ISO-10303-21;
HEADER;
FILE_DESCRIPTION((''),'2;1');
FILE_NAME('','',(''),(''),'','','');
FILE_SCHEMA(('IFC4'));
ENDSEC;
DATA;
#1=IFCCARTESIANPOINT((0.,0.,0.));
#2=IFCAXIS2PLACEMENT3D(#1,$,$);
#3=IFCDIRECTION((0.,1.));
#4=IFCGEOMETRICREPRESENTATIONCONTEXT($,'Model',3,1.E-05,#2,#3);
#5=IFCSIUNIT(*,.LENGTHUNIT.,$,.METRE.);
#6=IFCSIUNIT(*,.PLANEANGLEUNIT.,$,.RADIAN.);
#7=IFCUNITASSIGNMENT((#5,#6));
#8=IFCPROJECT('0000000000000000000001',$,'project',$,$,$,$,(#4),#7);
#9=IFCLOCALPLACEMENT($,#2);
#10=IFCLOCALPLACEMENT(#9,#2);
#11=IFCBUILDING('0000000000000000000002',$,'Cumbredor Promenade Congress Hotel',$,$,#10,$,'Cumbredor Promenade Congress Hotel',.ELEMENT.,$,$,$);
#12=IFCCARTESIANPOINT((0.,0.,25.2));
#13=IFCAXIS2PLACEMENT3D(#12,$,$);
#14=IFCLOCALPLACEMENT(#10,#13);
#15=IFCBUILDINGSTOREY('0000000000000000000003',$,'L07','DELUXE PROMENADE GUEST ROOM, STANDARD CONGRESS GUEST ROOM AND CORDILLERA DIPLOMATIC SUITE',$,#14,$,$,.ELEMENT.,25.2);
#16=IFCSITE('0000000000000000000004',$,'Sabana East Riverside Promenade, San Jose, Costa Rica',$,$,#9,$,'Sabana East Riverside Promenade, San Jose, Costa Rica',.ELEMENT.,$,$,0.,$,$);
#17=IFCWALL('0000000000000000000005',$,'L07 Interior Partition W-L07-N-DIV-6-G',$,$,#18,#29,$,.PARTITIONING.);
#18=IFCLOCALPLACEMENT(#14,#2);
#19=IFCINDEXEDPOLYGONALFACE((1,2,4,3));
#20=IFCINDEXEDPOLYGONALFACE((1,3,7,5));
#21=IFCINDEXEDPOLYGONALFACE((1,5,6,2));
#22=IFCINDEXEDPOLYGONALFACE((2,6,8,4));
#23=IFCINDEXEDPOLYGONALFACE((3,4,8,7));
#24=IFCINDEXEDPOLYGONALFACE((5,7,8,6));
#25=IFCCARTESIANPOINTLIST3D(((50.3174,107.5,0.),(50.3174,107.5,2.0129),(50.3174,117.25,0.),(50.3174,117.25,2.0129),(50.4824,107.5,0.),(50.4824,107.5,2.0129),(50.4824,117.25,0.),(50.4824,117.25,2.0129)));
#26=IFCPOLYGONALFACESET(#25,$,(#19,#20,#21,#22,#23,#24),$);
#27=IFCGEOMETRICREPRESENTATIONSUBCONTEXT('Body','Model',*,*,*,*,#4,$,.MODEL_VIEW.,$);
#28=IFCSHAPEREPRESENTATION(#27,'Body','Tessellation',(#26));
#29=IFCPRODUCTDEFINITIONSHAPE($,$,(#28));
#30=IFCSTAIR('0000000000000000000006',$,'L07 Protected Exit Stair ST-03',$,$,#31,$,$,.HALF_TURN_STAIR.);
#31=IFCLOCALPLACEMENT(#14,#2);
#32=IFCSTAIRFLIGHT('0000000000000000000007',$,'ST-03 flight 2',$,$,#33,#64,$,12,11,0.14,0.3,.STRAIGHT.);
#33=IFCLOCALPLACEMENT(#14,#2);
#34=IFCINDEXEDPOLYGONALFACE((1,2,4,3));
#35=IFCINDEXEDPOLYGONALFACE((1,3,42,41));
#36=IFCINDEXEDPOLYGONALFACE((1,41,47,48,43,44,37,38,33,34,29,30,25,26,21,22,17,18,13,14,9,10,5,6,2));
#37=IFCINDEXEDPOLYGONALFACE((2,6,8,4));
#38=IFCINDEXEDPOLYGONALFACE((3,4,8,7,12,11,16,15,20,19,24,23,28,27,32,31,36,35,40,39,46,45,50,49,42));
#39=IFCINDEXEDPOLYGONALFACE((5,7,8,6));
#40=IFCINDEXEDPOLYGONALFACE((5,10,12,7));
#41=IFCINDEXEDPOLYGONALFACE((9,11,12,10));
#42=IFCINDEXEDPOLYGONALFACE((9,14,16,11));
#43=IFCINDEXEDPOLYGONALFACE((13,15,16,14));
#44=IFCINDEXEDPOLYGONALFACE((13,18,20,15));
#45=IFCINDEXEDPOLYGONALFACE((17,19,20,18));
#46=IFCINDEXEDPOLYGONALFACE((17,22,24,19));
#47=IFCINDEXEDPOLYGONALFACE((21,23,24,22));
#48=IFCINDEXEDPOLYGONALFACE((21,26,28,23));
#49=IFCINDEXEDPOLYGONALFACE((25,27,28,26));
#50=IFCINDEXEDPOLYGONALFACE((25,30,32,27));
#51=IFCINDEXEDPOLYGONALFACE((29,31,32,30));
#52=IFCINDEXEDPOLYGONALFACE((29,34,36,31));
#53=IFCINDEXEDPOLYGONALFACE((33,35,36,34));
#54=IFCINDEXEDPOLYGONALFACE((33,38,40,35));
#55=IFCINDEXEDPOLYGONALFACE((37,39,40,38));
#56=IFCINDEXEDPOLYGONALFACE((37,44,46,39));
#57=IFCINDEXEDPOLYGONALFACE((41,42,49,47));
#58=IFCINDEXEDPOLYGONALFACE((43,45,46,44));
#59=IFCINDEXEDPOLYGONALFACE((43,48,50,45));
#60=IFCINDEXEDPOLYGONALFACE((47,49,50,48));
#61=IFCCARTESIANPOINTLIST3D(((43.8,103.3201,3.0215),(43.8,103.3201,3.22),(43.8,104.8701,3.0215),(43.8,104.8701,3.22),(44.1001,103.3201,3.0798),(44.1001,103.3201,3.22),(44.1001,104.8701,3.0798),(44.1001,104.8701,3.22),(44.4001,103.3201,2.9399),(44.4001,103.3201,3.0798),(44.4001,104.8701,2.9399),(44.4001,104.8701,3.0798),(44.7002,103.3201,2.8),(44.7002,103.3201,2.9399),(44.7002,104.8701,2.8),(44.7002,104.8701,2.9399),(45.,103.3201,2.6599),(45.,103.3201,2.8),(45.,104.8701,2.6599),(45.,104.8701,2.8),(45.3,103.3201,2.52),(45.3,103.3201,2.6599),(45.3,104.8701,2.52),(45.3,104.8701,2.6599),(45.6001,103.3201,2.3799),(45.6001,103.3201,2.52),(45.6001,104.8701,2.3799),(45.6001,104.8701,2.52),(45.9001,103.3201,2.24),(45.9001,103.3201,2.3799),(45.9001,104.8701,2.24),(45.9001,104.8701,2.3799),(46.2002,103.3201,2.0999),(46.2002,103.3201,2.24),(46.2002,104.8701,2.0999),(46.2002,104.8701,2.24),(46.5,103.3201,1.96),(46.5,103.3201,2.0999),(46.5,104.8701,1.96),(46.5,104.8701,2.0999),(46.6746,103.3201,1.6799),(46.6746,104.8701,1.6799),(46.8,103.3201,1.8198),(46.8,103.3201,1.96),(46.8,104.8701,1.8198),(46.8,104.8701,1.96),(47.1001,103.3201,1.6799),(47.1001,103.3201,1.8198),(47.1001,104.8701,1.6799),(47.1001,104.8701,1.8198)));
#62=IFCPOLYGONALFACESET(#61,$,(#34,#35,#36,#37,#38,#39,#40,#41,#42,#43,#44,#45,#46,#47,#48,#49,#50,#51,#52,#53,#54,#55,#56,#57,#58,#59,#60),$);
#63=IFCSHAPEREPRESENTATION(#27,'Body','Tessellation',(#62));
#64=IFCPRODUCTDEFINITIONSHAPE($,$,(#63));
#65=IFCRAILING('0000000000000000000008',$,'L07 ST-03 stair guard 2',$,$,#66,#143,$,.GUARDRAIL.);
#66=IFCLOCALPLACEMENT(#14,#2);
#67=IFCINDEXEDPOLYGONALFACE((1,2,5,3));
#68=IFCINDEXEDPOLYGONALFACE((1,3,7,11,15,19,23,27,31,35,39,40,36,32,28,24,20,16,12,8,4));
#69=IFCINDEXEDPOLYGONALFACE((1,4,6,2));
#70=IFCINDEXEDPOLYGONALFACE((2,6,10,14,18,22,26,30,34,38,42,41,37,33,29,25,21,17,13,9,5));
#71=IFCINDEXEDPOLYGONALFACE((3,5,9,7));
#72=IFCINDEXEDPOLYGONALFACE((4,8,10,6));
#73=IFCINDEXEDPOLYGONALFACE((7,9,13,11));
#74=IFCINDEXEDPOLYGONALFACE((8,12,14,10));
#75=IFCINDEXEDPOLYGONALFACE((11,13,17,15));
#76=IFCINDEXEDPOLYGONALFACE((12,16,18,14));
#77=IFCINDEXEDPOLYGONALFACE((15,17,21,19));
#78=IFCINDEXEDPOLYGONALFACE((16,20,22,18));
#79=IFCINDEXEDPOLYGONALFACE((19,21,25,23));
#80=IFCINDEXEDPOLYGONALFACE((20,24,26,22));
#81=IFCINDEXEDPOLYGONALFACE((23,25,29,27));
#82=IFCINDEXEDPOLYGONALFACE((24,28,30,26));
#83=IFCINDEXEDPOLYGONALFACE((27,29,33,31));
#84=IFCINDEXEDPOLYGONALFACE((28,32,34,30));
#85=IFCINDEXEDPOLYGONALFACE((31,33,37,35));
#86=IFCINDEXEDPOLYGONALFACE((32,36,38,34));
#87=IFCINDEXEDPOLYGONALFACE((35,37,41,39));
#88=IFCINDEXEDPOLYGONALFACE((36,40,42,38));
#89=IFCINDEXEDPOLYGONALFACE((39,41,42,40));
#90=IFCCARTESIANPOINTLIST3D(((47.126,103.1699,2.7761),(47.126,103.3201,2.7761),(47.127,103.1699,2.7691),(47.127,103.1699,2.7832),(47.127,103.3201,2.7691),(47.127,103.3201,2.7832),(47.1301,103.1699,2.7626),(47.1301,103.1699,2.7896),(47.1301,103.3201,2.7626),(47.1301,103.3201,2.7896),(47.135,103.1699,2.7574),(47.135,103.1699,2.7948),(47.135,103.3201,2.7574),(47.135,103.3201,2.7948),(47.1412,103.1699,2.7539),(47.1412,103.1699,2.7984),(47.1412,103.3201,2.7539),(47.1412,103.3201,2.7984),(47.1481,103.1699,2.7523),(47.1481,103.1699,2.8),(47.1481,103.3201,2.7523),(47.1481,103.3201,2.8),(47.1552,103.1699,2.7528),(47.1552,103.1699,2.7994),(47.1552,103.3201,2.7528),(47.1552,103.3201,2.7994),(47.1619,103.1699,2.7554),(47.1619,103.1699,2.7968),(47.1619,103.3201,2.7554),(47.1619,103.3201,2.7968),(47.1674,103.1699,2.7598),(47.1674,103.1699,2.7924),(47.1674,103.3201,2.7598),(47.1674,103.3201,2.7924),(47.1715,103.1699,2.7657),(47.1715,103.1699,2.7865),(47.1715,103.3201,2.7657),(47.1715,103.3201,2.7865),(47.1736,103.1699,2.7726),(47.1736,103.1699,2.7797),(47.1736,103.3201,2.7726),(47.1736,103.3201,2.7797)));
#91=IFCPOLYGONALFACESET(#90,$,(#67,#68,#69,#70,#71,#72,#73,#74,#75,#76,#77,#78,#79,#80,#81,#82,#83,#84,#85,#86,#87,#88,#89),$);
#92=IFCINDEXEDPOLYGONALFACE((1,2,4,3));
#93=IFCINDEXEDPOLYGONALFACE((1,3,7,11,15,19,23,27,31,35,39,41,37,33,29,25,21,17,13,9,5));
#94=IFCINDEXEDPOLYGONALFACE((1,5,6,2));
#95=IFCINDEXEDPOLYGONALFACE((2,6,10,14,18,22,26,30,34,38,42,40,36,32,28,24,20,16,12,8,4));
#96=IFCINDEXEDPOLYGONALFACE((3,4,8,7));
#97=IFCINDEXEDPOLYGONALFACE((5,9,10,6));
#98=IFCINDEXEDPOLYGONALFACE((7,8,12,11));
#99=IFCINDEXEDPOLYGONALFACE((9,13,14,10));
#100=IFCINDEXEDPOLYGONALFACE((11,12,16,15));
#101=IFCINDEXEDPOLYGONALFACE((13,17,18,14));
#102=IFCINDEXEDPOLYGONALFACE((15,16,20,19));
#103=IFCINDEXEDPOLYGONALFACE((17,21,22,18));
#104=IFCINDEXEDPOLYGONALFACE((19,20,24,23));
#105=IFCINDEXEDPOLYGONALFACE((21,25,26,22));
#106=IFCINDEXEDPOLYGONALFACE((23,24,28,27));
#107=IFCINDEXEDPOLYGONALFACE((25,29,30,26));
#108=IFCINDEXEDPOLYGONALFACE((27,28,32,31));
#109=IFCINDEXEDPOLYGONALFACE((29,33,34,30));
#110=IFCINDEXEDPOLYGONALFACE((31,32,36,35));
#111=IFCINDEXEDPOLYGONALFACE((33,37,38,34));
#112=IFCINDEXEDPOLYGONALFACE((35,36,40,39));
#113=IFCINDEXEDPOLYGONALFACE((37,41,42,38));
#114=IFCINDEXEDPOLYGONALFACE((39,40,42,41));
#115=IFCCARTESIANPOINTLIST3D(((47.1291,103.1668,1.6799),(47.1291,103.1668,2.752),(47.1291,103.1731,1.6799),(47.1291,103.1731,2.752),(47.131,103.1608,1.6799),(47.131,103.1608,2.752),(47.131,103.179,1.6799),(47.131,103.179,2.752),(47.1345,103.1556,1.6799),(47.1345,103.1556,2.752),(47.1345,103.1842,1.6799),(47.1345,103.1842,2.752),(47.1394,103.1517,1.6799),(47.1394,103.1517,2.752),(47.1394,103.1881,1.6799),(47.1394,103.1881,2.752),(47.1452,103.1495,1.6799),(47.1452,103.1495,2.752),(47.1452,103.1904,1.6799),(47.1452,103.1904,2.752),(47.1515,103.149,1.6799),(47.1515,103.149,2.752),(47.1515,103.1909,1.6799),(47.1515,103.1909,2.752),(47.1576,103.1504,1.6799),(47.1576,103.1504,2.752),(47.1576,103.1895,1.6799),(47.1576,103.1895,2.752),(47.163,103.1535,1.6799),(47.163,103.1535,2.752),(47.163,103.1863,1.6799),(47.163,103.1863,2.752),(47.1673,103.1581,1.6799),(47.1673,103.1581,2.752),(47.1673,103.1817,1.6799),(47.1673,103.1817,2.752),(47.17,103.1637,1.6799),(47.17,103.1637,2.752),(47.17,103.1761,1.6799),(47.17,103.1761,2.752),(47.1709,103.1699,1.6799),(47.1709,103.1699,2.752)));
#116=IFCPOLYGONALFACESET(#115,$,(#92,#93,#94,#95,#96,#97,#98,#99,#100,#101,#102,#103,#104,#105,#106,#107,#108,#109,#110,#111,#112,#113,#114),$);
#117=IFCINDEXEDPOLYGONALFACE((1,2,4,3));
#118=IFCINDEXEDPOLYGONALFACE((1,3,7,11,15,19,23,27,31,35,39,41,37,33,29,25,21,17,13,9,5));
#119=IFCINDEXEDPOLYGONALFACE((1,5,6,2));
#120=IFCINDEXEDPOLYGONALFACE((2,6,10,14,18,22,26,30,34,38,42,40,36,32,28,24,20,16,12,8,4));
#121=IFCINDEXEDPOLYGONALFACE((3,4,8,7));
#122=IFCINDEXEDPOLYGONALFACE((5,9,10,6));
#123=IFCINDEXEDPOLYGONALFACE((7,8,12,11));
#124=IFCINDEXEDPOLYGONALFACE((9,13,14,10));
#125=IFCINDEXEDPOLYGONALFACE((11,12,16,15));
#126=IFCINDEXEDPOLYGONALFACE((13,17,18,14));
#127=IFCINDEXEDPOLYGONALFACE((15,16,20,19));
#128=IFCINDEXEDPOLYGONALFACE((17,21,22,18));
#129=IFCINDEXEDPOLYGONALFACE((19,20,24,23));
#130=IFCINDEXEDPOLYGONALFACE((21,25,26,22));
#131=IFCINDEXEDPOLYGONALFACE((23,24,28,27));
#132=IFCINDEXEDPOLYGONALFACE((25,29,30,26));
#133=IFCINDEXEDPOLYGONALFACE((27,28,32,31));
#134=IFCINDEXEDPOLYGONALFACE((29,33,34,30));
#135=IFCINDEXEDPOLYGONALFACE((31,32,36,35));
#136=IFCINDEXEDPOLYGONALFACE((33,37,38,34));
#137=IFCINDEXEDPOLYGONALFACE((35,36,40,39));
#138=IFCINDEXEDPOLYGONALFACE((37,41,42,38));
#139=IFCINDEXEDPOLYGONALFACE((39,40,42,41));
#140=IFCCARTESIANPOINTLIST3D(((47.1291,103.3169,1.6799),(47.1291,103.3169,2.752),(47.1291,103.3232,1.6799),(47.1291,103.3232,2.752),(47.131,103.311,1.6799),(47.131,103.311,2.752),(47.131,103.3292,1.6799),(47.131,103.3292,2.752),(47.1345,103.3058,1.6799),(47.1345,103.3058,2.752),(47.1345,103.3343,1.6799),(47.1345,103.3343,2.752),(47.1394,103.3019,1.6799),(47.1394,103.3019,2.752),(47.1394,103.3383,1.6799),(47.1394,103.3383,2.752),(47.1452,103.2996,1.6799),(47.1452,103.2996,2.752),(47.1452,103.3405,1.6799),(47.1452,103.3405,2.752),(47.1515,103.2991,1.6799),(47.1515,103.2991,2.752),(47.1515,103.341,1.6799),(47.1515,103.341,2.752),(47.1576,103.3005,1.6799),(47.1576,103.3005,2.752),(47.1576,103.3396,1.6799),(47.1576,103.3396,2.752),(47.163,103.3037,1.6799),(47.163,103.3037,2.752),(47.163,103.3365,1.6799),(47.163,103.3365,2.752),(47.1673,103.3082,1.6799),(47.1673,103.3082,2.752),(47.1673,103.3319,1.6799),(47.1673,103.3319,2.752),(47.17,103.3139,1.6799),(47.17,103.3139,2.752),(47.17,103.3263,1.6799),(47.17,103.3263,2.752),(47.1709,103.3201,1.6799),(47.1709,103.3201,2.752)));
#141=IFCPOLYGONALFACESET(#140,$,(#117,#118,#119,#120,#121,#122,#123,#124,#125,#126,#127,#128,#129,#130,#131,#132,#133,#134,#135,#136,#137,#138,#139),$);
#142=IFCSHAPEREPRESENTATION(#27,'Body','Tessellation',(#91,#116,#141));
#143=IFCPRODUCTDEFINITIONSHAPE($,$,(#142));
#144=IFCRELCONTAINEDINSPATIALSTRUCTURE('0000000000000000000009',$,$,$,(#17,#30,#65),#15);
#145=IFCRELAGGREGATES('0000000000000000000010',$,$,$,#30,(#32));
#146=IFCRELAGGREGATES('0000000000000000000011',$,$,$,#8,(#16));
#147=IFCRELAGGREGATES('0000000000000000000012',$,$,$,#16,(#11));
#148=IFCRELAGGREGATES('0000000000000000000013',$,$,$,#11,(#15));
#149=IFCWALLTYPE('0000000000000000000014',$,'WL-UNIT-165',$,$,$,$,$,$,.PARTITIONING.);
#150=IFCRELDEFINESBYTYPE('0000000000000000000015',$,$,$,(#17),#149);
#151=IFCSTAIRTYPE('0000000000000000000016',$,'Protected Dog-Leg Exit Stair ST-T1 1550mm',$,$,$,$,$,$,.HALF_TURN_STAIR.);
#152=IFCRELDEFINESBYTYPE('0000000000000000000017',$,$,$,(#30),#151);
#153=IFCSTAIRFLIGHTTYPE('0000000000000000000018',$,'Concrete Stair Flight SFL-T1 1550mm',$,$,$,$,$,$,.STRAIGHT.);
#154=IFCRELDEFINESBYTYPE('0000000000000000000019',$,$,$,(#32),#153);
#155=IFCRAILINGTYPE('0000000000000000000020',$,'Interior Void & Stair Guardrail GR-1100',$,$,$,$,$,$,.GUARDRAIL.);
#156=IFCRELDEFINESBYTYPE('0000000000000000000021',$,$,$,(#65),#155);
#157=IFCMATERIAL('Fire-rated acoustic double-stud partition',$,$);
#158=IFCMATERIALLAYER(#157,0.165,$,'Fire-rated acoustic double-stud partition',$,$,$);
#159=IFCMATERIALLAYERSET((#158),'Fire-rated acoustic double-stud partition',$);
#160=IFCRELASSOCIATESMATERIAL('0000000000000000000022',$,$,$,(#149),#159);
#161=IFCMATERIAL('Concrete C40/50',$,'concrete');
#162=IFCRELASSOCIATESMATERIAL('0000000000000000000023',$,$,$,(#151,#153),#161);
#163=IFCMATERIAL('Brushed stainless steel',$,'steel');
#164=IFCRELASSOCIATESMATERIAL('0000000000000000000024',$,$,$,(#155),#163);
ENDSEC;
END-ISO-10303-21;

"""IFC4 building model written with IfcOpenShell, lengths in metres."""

from ifc_helpers import new_model, si_unit, direction, frame, frame_2d, origin, origin_2d, place, context, subcontext, project, spatial, polyline, rectangle, circle, outline, extrude, material, layer, layer_set, type_object, element, aggregate, save


model = new_model("IFC4")

# Units and contexts
model_context = context("Model", 3, precision=1e-05, world=origin(), true_north=direction((0.0, 1.0)))
body_context = subcontext(model_context, "Body", "Model", "MODEL_VIEW")
ifc_project = project(units=[si_unit("LENGTHUNIT", "METRE"), si_unit("PLANEANGLEUNIT", "RADIAN")], contexts=[model_context])

# Site, building, storey
site_placement = place(None, origin())
site = spatial("IfcSite", under=ifc_project, at=site_placement, Name="Sabana East Riverside Promenade, San Jose, Costa Rica", LongName="Sabana East Riverside Promenade, San Jose, Costa Rica", CompositionType="ELEMENT", RefElevation=0.0)
building_placement = place(site_placement, origin())
building = spatial("IfcBuilding", under=site, at=building_placement, Name="Cumbredor Promenade Congress Hotel", LongName="Cumbredor Promenade Congress Hotel", CompositionType="ELEMENT")
storey_placement = place(building_placement, frame((0.0, 0.0, 25.2)))
storey = spatial("IfcBuildingStorey", under=building, at=storey_placement, Name="L07", Description="DELUXE PROMENADE GUEST ROOM, STANDARD CONGRESS GUEST ROOM AND CORDILLERA DIPLOMATIC SUITE", CompositionType="ELEMENT", Elevation=25.2)

# Wall
ifc_material_1 = material(Name="Concrete C40/50", Category="concrete")
ifc_material_2 = material(Name="Fire-rated acoustic double-stud partition")
ifc_layer_1 = layer(ifc_material_2, 0.165, Name="Fire-rated acoustic double-stud partition")
ifc_layer_set_1 = layer_set([ifc_layer_1], Name="Fire-rated acoustic double-stud partition")
wall_type_1 = type_object("IfcWallType", Name="WL-UNIT-165", PredefinedType="PARTITIONING", material=ifc_layer_set_1)
wall_1_placement = place(storey_placement, frame((50.3999, 107.5, 0.0), z_axis=(0.0, 0.0, 1.0), x_axis=(0.0, 1.0, 0.0)))
element("IfcWall", 1, at=wall_1_placement, inside=storey, type_object=wall_type_1, Name="L07 Interior Partition W-L07-N-DIV-6-G", PredefinedType="PARTITIONING", context=body_context, shape_type="SweptSolid", body=[
    extrude(rectangle(XDim=9.75, YDim=0.165, at=frame_2d((4.875, 0.0))), origin(), (0.0, 0.0, 1.0), 2.0129),
])

# Stair, stair flight
stair_type = type_object("IfcStairType", Name="Protected Dog-Leg Exit Stair ST-T1 1550mm", PredefinedType="HALF_TURN_STAIR", material=ifc_material_1)
stair_placement = place(storey_placement, origin())
stair = element("IfcStair", 2, at=stair_placement, inside=storey, type_object=stair_type, Name="L07 Protected Exit Stair ST-03", PredefinedType="HALF_TURN_STAIR")
stair_flight_type = type_object("IfcStairFlightType", Name="Concrete Stair Flight SFL-T1 1550mm", PredefinedType="STRAIGHT", material=ifc_material_1)
stair_flight_placement = place(storey_placement, frame((47.1001, 104.095, 1.6799), z_axis=(0.0, 0.0, 1.0), x_axis=(-1.0, 0.0, 0.0)))
stair_flight = element("IfcStairFlight", 3, at=stair_flight_placement, type_object=stair_flight_type, Name="ST-03 flight 2", NumberOfRisers=12, NumberOfTreads=11, PredefinedType="STRAIGHT", RiserHeight=0.14, TreadLength=0.3, context=body_context, shape_type="SweptSolid", body=[
    extrude(outline(polyline([(0.0, 0.0), (0.0, 0.1399), (0.3, 0.1399), (0.3, 0.28), (0.6001, 0.28), (0.6001, 0.4199), (0.8999, 0.4199), (0.8999, 0.5601), (1.2, 0.5601), (1.2, 0.7), (1.5, 0.7), (1.5, 0.8401), (1.8, 0.8401), (1.8, 0.98), (2.1001, 0.98), (2.1001, 1.1201), (2.3999, 1.1201), (2.3999, 1.26), (2.7, 1.26), (2.7, 1.3999), (3.0, 1.3999), (3.0, 1.54), (3.3, 1.54), (3.3, 1.6799), (3.3, 1.3416), (0.4255, 0.0), (0.0, 0.0)])), frame((0.0, 0.7749, 0.0), z_axis=(0.0, -1.0, 0.0), x_axis=(1.0, 0.0, 0.0)), (0.0, 0.0, 1.0), 1.55),
])
aggregate(stair, [stair_flight])

# Railing
ifc_material_3 = material(Name="Brushed stainless steel", Category="steel")
railing_type_1 = type_object("IfcRailingType", Name="Interior Void & Stair Guardrail GR-1100", PredefinedType="GUARDRAIL", material=ifc_material_3)
railing_1_placement = place(storey_placement, frame((47.1499, 103.1699, 1.6799)))
element("IfcRailing", 4, at=railing_1_placement, inside=storey, type_object=railing_type_1, Name="L07 ST-03 stair guard 2", PredefinedType="GUARDRAIL", context=body_context, shape_type="SweptSolid", body=[
    extrude(circle(Radius=0.0239, at=origin_2d()), frame((0.0, 0.0, 1.0962), z_axis=(0.0, 1.0, 0.0), x_axis=(-1.0, 0.0, 0.0)), (0.0, 0.0, 1.0), 0.1501),
    extrude(circle(Radius=0.021, at=origin_2d()), origin(), (0.0, 0.0, 1.0), 1.072),
    extrude(circle(Radius=0.021, at=origin_2d()), frame((0.0, 0.1501, 0.0)), (0.0, 0.0, 1.0), 1.072),
])

save(model, "model.ifc")
